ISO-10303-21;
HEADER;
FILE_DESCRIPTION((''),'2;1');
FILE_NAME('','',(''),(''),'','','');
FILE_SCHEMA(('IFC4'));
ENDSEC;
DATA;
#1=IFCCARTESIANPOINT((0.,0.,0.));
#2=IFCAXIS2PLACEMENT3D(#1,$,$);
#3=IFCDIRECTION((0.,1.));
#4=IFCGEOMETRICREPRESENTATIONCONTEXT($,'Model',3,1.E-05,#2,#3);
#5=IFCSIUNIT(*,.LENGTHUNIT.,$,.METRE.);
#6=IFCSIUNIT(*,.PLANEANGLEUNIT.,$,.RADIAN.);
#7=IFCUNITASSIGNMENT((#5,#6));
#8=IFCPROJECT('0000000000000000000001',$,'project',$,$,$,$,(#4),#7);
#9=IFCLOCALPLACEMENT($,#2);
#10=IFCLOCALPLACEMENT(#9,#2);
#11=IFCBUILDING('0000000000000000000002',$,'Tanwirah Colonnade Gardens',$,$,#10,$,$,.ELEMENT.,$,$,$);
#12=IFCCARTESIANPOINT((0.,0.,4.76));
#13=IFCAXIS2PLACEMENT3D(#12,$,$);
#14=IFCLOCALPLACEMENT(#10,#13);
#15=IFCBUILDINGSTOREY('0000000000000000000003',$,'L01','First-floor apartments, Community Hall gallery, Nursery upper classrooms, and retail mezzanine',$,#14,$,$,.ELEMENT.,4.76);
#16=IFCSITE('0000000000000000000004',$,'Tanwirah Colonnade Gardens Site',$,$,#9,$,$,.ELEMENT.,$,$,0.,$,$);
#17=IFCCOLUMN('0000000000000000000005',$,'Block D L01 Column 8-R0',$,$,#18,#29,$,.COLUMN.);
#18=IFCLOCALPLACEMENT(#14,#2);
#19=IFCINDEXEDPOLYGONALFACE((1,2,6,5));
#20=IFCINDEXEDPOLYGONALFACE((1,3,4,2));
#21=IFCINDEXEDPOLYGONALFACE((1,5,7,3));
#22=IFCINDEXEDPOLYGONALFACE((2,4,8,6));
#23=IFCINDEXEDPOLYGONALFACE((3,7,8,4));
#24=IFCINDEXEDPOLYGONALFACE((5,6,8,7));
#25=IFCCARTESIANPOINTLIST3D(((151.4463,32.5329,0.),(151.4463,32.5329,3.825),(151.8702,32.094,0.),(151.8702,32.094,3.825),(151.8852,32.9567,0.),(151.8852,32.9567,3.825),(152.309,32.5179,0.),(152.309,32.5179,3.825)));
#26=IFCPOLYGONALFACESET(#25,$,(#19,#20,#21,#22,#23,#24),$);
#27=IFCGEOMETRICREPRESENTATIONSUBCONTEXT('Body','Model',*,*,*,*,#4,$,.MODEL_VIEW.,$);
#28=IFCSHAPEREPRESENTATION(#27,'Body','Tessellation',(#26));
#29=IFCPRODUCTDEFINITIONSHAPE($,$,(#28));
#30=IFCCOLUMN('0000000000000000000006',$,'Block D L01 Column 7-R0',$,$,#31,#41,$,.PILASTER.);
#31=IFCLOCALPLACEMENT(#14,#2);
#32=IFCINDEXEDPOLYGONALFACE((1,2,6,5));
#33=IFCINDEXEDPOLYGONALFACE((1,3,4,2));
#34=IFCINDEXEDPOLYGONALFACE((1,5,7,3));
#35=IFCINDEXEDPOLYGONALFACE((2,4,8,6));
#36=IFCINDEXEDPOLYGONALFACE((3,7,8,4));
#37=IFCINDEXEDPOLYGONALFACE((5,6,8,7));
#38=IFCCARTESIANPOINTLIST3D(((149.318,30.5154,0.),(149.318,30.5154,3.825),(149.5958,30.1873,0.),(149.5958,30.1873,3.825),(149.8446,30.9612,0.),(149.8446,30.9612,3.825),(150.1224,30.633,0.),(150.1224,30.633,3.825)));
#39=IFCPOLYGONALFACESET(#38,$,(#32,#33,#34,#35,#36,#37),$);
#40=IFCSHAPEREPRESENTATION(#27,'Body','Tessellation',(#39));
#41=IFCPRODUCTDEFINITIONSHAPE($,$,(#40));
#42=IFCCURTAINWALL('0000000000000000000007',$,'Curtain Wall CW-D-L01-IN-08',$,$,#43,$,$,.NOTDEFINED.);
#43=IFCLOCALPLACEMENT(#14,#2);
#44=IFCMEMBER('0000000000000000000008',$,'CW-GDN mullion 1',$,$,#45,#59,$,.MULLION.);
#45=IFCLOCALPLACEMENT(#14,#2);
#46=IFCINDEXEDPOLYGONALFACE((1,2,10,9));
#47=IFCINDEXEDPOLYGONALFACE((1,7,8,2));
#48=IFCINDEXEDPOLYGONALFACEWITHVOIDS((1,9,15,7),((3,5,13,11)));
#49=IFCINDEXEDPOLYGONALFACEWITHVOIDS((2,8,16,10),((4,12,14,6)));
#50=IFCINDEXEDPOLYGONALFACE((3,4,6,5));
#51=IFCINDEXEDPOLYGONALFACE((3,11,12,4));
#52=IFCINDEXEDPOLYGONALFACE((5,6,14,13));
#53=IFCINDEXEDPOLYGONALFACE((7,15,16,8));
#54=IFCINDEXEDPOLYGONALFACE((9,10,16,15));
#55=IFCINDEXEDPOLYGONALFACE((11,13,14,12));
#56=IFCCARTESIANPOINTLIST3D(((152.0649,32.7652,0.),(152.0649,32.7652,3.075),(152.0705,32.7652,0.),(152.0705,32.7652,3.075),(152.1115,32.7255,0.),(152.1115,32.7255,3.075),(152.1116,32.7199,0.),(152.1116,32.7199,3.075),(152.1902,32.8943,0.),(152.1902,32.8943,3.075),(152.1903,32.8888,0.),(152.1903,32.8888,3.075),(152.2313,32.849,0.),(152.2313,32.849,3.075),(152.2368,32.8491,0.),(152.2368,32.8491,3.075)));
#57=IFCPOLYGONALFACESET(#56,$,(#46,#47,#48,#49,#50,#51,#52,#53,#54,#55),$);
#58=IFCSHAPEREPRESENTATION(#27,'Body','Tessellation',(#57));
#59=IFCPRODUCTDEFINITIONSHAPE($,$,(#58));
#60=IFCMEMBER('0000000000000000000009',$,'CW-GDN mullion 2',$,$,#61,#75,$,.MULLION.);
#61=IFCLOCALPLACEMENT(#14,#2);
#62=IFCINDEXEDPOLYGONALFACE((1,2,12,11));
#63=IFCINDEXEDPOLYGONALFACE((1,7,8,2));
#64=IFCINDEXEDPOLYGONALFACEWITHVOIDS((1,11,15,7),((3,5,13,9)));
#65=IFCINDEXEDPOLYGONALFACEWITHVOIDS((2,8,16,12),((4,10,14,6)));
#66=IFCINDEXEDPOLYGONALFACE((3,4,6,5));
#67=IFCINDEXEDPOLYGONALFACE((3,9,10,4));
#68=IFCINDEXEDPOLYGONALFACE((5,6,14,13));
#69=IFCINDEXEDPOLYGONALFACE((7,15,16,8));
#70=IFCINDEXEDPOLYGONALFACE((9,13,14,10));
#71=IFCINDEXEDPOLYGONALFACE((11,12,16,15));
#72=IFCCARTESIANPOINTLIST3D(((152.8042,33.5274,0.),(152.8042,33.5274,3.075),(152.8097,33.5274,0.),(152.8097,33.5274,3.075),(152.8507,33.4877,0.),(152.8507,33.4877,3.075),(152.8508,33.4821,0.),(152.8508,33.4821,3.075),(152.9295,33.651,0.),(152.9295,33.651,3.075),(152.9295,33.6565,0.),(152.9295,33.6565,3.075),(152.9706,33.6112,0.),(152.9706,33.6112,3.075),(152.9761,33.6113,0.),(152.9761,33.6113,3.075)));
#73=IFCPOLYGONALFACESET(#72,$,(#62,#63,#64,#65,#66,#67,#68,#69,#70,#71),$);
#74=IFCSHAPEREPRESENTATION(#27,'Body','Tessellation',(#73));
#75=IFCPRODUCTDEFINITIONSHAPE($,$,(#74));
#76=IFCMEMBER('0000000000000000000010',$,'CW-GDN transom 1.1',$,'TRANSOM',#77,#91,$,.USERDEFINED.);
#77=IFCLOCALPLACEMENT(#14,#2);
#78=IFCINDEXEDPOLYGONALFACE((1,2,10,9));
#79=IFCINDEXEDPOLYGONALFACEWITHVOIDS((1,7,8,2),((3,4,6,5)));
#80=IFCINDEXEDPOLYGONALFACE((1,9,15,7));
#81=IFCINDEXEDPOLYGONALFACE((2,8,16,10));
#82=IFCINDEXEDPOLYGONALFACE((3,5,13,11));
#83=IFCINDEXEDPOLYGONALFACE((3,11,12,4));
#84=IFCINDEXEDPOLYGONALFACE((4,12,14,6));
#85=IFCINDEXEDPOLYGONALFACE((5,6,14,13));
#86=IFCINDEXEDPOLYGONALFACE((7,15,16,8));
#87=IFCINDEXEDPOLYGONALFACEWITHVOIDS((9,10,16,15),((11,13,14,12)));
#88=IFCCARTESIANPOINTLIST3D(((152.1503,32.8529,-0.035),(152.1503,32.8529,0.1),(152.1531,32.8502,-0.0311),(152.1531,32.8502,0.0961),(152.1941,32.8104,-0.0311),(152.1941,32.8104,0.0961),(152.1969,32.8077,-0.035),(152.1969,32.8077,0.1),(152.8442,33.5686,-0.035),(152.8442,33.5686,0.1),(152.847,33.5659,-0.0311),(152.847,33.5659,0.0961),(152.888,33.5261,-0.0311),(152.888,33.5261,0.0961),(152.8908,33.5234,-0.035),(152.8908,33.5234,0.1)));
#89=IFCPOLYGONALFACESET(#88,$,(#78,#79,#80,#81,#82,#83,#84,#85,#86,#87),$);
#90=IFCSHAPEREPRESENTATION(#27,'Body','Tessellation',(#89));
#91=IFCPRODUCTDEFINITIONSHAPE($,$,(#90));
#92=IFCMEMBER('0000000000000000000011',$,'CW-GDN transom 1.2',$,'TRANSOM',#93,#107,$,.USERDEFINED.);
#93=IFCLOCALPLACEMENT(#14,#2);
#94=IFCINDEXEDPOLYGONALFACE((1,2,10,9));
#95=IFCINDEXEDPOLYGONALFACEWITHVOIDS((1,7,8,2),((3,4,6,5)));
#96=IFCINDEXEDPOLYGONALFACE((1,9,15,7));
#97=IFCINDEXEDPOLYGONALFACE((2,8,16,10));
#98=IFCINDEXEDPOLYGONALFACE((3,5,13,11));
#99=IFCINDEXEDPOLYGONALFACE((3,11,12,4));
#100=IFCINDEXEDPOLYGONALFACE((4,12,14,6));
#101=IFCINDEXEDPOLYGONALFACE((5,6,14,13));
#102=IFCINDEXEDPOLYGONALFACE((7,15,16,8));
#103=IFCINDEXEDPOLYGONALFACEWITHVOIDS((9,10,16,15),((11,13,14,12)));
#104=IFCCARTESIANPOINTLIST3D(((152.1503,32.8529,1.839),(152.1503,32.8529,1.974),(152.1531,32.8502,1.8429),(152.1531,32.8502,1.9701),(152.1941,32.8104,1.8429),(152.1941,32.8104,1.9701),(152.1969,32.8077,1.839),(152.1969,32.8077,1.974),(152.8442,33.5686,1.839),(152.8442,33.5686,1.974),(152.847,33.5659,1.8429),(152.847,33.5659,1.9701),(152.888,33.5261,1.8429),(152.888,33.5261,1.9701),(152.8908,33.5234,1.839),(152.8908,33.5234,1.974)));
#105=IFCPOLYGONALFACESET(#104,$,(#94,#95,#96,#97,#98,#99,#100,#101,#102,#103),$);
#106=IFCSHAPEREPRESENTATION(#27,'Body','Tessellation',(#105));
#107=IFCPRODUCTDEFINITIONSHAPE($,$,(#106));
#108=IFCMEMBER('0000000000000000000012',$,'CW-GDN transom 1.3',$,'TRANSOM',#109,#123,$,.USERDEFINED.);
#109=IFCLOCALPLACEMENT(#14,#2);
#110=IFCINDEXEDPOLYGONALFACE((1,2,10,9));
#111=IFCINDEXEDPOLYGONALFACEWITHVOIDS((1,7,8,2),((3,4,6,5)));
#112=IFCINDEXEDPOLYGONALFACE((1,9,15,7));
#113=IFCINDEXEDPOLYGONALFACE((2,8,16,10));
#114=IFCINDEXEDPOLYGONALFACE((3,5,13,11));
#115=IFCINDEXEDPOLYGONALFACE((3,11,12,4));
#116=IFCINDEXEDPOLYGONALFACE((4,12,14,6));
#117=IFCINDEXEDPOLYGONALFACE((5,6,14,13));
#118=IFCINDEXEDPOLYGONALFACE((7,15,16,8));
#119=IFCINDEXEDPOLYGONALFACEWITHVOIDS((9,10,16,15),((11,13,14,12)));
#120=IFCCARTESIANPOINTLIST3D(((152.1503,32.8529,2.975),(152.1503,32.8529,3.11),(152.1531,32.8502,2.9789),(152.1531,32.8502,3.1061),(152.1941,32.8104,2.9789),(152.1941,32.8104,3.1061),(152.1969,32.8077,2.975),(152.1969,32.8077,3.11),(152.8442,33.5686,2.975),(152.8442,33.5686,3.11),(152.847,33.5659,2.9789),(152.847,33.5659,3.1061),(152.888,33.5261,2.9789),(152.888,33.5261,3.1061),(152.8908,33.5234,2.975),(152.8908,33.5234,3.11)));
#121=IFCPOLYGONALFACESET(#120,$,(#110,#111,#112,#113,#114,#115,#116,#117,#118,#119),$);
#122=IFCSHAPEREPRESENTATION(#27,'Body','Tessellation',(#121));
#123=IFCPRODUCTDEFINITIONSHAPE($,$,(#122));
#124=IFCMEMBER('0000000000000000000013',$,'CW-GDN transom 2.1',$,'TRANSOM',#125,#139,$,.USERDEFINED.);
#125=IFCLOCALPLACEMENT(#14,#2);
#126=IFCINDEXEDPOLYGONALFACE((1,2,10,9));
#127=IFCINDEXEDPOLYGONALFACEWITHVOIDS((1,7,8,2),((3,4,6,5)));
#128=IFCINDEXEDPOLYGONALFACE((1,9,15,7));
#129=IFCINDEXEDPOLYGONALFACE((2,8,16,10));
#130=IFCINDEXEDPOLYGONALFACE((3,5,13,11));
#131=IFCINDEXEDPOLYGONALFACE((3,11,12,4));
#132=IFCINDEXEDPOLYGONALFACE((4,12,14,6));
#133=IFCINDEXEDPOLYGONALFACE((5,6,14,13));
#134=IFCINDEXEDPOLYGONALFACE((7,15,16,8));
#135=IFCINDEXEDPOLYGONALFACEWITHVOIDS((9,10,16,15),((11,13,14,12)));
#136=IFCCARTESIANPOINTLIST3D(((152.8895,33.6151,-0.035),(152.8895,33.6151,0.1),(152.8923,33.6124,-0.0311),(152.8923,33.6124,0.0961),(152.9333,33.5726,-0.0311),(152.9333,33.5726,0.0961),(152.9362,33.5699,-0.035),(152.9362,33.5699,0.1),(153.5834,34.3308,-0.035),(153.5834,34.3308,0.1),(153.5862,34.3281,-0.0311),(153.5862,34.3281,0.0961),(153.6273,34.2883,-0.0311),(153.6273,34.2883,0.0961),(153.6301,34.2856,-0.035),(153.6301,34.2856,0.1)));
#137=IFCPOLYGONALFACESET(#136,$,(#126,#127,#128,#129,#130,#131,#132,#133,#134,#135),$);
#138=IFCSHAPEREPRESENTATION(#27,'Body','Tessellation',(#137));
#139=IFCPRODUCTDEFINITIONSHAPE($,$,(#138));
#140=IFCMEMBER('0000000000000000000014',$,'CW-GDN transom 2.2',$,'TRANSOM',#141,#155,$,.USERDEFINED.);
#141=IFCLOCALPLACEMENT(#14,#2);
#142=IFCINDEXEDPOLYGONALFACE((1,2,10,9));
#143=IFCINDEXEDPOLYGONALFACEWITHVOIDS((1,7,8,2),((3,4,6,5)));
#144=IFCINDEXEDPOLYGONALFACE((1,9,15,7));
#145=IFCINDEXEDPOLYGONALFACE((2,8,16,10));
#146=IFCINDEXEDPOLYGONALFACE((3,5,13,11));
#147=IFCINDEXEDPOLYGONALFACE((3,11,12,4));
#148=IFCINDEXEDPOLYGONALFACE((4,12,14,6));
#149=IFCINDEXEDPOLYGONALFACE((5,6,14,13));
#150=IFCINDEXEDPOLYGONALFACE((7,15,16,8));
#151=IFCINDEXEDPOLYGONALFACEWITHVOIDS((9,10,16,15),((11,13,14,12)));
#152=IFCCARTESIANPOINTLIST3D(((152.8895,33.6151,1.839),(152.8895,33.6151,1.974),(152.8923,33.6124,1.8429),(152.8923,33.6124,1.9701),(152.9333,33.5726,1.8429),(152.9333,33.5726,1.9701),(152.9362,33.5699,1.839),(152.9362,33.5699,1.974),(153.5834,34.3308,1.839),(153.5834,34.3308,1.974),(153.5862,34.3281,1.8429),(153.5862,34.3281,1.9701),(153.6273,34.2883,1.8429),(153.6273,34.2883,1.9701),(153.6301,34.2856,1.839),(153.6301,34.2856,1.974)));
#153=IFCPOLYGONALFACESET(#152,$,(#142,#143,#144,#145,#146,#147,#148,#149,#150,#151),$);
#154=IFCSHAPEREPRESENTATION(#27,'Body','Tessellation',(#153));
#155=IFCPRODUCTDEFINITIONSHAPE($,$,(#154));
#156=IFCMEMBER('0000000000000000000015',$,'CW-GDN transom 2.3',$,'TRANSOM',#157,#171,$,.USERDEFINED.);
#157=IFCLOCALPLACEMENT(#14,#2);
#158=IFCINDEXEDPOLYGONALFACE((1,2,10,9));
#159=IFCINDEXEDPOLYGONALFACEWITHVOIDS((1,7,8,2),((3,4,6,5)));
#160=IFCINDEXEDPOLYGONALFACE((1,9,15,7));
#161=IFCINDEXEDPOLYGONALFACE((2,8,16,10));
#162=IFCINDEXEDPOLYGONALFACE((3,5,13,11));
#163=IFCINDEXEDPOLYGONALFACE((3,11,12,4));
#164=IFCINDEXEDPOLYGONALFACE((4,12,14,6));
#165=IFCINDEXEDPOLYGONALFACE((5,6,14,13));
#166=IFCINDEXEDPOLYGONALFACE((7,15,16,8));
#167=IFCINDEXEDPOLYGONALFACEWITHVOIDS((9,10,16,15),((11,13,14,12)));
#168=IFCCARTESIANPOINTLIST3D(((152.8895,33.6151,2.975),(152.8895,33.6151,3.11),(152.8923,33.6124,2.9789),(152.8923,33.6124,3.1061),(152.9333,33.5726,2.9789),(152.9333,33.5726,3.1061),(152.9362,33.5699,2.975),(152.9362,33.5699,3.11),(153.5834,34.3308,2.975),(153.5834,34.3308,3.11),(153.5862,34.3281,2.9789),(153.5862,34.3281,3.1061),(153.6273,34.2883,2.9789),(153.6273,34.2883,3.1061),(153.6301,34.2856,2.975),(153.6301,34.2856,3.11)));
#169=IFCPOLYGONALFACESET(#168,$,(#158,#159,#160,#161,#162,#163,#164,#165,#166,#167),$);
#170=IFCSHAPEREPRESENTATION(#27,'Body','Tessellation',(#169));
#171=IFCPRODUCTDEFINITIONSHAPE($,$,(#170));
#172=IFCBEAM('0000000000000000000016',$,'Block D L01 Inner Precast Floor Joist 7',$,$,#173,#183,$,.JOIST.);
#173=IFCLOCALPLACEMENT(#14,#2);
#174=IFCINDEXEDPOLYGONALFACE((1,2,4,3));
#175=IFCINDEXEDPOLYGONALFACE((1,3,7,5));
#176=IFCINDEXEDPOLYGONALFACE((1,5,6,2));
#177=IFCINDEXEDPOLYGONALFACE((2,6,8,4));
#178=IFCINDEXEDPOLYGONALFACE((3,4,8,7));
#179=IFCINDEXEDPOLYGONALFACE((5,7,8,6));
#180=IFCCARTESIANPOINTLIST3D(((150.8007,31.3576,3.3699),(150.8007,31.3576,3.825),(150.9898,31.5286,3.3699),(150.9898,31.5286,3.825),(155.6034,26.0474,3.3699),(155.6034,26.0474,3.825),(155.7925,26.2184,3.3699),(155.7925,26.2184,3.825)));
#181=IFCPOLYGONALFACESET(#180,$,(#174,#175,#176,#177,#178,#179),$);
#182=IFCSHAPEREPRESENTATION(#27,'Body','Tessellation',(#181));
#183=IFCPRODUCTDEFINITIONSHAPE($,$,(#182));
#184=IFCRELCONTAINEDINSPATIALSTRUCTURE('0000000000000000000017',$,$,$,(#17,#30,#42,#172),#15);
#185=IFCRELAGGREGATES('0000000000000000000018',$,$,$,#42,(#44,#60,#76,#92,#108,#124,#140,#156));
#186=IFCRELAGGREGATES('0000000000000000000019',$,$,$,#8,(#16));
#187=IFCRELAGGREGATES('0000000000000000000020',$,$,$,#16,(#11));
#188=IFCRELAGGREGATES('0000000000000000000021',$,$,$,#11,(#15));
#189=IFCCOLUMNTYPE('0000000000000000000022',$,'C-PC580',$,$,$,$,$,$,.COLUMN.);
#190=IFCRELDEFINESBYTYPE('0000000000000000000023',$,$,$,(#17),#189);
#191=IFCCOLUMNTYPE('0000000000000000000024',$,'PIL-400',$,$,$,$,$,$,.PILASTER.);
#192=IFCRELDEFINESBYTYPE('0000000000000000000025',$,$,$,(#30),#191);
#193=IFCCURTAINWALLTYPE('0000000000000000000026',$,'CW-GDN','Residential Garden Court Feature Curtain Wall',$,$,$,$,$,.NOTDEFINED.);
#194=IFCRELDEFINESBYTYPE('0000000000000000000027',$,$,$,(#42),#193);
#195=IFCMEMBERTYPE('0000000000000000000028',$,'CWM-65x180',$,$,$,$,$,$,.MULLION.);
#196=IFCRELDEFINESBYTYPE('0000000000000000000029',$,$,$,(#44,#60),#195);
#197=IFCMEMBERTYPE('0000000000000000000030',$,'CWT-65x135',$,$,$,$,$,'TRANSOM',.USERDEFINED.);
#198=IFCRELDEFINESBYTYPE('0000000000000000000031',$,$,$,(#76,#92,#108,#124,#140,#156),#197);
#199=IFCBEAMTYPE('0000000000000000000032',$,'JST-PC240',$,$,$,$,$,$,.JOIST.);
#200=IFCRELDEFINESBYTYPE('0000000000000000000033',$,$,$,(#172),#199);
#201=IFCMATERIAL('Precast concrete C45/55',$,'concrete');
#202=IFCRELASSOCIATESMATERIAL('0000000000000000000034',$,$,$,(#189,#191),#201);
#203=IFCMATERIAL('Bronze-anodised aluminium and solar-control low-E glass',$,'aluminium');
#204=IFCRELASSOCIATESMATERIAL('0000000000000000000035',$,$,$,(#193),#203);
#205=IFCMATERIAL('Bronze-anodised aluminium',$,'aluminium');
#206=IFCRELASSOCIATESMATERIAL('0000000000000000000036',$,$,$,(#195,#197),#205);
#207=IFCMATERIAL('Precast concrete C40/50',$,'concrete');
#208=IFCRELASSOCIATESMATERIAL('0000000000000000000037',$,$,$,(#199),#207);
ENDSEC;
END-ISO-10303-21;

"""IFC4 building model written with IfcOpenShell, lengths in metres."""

from ifc_helpers import new_model, si_unit, direction, frame, origin, origin_2d, place, context, subcontext, project, spatial, rectangle, hollow_rectangle, extrude, material, material_profile, profile_set, type_object, element, aggregate, save


model = new_model("IFC4")

# Units and contexts
model_context = context("Model", 3, precision=1e-05, world=origin(), true_north=direction((0.0, 1.0)))
body_context = subcontext(model_context, "Body", "Model", "MODEL_VIEW")
ifc_project = project(units=[si_unit("LENGTHUNIT", "METRE"), si_unit("PLANEANGLEUNIT", "RADIAN")], contexts=[model_context])

# Site, building, storey
site_placement = place(None, origin())
site = spatial("IfcSite", under=ifc_project, at=site_placement, Name="Tanwirah Colonnade Gardens Site", CompositionType="ELEMENT", RefElevation=0.0)
building_placement = place(site_placement, origin())
building = spatial("IfcBuilding", under=site, at=building_placement, Name="Tanwirah Colonnade Gardens", CompositionType="ELEMENT")
storey_placement = place(building_placement, frame((0.0, 0.0, 4.76)))
storey = spatial("IfcBuildingStorey", under=building, at=storey_placement, Name="L01", Description="First-floor apartments, Community Hall gallery, Nursery upper classrooms, and retail mezzanine", CompositionType="ELEMENT", Elevation=4.76)

# Columns
ifc_material_1 = material(Name="Precast concrete C45/55", Category="concrete")
ifc_material_profile_1 = material_profile(ifc_material_1, rectangle(XDim=0.6101, YDim=0.6101, at=origin_2d()), Name="PC-COL 610x610")
ifc_profile_set_1 = profile_set([ifc_material_profile_1], Name="Precast concrete C45/55")
column_type_1 = type_object("IfcColumnType", Name="C-PC580", PredefinedType="COLUMN", material=ifc_profile_set_1)
column_1_placement = place(storey_placement, frame((151.8777, 32.5254, 0.0), z_axis=(0.0, 0.0, 1.0), x_axis=(0.694658, -0.71934, 0.0)))
element("IfcColumn", 1, at=column_1_placement, inside=storey, type_object=column_type_1, Name="Block D L01 Column 8-R0", PredefinedType="COLUMN", context=body_context, shape_type="SweptSolid", body=[
    extrude(rectangle(XDim=0.6101, YDim=0.6101, at=origin_2d()), origin(), (0.0, 0.0, 1.0), 3.825),
])
ifc_material_profile_2 = material_profile(ifc_material_1, rectangle(XDim=0.4299, YDim=0.6899, at=origin_2d()), Name="PC-PIL 430x690")
ifc_profile_set_2 = profile_set([ifc_material_profile_2], Name="Precast concrete C45/55")
column_type_2 = type_object("IfcColumnType", Name="PIL-400", PredefinedType="PILASTER", material=ifc_profile_set_2)
column_2_placement = place(storey_placement, frame((149.7202, 30.5742, 0.0), z_axis=(0.0, 0.0, 1.0), x_axis=(0.646124, -0.763232, 0.0)))
element("IfcColumn", 2, at=column_2_placement, inside=storey, type_object=column_type_2, Name="Block D L01 Column 7-R0", PredefinedType="PILASTER", context=body_context, shape_type="SweptSolid", body=[
    extrude(rectangle(XDim=0.4299, YDim=0.6899, at=origin_2d()), origin(), (0.0, 0.0, 1.0), 3.825),
])

# Curtain wall, members
ifc_material_2 = material(Name="Bronze-anodised aluminium and solar-control low-E glass", Category="aluminium")
curtain_wall_type = type_object("IfcCurtainWallType", Name="CW-GDN", Description="Residential Garden Court Feature Curtain Wall", PredefinedType="NOTDEFINED", material=ifc_material_2)
curtain_wall_placement = place(storey_placement, origin())
curtain_wall = element("IfcCurtainWall", 3, at=curtain_wall_placement, inside=storey, type_object=curtain_wall_type, Name="Curtain Wall CW-D-L01-IN-08", PredefinedType="NOTDEFINED")
ifc_material_3 = material(Name="Bronze-anodised aluminium", Category="aluminium")
ifc_material_profile_3 = material_profile(ifc_material_3, hollow_rectangle(XDim=0.0649, YDim=0.1799, WallThickness=0.0039, at=origin_2d()), Name="CW-MUL 65x180x4")
ifc_profile_set_3 = profile_set([ifc_material_profile_3], Name="Bronze-anodised aluminium")
member_type_1 = type_object("IfcMemberType", Name="CWM-65x180", PredefinedType="MULLION", material=ifc_profile_set_3)
member_1_placement = place(storey_placement, frame((152.1509, 32.8071, 0.0), z_axis=(0.0, 0.0, 1.0), x_axis=(-0.717825, 0.696223, 0.0)))
member_1 = element("IfcMember", 4, at=member_1_placement, type_object=member_type_1, Name="CW-GDN mullion 1", PredefinedType="MULLION", context=body_context, shape_type="SweptSolid", body=[
    extrude(hollow_rectangle(XDim=0.0649, YDim=0.1799, WallThickness=0.0039, at=origin_2d()), origin(), (0.0, 0.0, 1.0), 3.075),
])
member_2_placement = place(storey_placement, frame((152.8901, 33.5693, 0.0), z_axis=(0.0, 0.0, 1.0), x_axis=(-0.717825, 0.696223, 0.0)))
member_2 = element("IfcMember", 5, at=member_2_placement, type_object=member_type_1, Name="CW-GDN mullion 2", PredefinedType="MULLION", context=body_context, shape_type="SweptSolid", body=[
    extrude(hollow_rectangle(XDim=0.0649, YDim=0.1799, WallThickness=0.0039, at=origin_2d()), origin(), (0.0, 0.0, 1.0), 3.075),
])
ifc_material_profile_4 = material_profile(ifc_material_3, hollow_rectangle(XDim=0.0649, YDim=0.135, WallThickness=0.0039, at=origin_2d()), Name="CW-TRN 65x135x4")
ifc_profile_set_4 = profile_set([ifc_material_profile_4], Name="Bronze-anodised aluminium")
member_type_2 = type_object("IfcMemberType", Name="CWT-65x135", ElementType="TRANSOM", PredefinedType="USERDEFINED", material=ifc_profile_set_4)
member_3_placement = place(storey_placement, frame((152.1736, 32.8303, 0.0325), z_axis=(0.696123, 0.717923, 0.0), x_axis=(-0.717923, 0.696123, 0.0)))
member_3 = element("IfcMember", 6, at=member_3_placement, type_object=member_type_2, Name="CW-GDN transom 1.1", ObjectType="TRANSOM", PredefinedType="USERDEFINED", context=body_context, shape_type="SweptSolid", body=[
    extrude(hollow_rectangle(XDim=0.0649, YDim=0.135, WallThickness=0.0039, at=origin_2d()), origin(), (0.0, 0.0, 1.0), 0.9968),
])
member_4_placement = place(storey_placement, frame((152.1736, 32.8303, 1.9065), z_axis=(0.696123, 0.717923, 0.0), x_axis=(-0.717923, 0.696123, 0.0)))
member_4 = element("IfcMember", 7, at=member_4_placement, type_object=member_type_2, Name="CW-GDN transom 1.2", ObjectType="TRANSOM", PredefinedType="USERDEFINED", context=body_context, shape_type="SweptSolid", body=[
    extrude(hollow_rectangle(XDim=0.0649, YDim=0.135, WallThickness=0.0039, at=origin_2d()), origin(), (0.0, 0.0, 1.0), 0.9968),
])
member_5_placement = place(storey_placement, frame((152.1736, 32.8303, 3.0425), z_axis=(0.696123, 0.717923, 0.0), x_axis=(-0.717923, 0.696123, 0.0)))
member_5 = element("IfcMember", 8, at=member_5_placement, type_object=member_type_2, Name="CW-GDN transom 1.3", ObjectType="TRANSOM", PredefinedType="USERDEFINED", context=body_context, shape_type="SweptSolid", body=[
    extrude(hollow_rectangle(XDim=0.0649, YDim=0.135, WallThickness=0.0039, at=origin_2d()), origin(), (0.0, 0.0, 1.0), 0.9968),
])
member_6_placement = place(storey_placement, frame((152.9128, 33.5925, 0.0325), z_axis=(0.696123, 0.717923, 0.0), x_axis=(-0.717923, 0.696123, 0.0)))
member_6 = element("IfcMember", 9, at=member_6_placement, type_object=member_type_2, Name="CW-GDN transom 2.1", ObjectType="TRANSOM", PredefinedType="USERDEFINED", context=body_context, shape_type="SweptSolid", body=[
    extrude(hollow_rectangle(XDim=0.0649, YDim=0.135, WallThickness=0.0039, at=origin_2d()), origin(), (0.0, 0.0, 1.0), 0.9968),
])
member_7_placement = place(storey_placement, frame((152.9128, 33.5925, 1.9065), z_axis=(0.696123, 0.717923, 0.0), x_axis=(-0.717923, 0.696123, 0.0)))
member_7 = element("IfcMember", 10, at=member_7_placement, type_object=member_type_2, Name="CW-GDN transom 2.2", ObjectType="TRANSOM", PredefinedType="USERDEFINED", context=body_context, shape_type="SweptSolid", body=[
    extrude(hollow_rectangle(XDim=0.0649, YDim=0.135, WallThickness=0.0039, at=origin_2d()), origin(), (0.0, 0.0, 1.0), 0.9968),
])
member_8_placement = place(storey_placement, frame((152.9128, 33.5925, 3.0425), z_axis=(0.696123, 0.717923, 0.0), x_axis=(-0.717923, 0.696123, 0.0)))
member_8 = element("IfcMember", 11, at=member_8_placement, type_object=member_type_2, Name="CW-GDN transom 2.3", ObjectType="TRANSOM", PredefinedType="USERDEFINED", context=body_context, shape_type="SweptSolid", body=[
    extrude(hollow_rectangle(XDim=0.0649, YDim=0.135, WallThickness=0.0039, at=origin_2d()), origin(), (0.0, 0.0, 1.0), 0.9968),
])

# Beam
ifc_material_4 = material(Name="Precast concrete C40/50", Category="concrete")
ifc_material_profile_5 = material_profile(ifc_material_4, rectangle(XDim=0.2549, YDim=0.4551, at=origin_2d()), Name="PC-JST 255x455")
ifc_profile_set_5 = profile_set([ifc_material_profile_5], Name="Precast concrete C40/50")
beam_type_1 = type_object("IfcBeamType", Name="JST-PC240", PredefinedType="JOIST", material=ifc_profile_set_5)
beam_1_placement = place(storey_placement, frame((150.8953, 31.4431, 3.5974), z_axis=(0.670773, -0.741663, 0.0), x_axis=(0.741663, 0.670773, 0.0)))
element("IfcBeam", 12, at=beam_1_placement, inside=storey, type_object=beam_type_1, Name="Block D L01 Inner Precast Floor Joist 7", PredefinedType="JOIST", context=body_context, shape_type="SweptSolid", body=[
    extrude(rectangle(XDim=0.2549, YDim=0.4551, at=origin_2d()), origin(), (0.0, 0.0, 1.0), 7.1599),
])

aggregate(curtain_wall, [member_1, member_2, member_3, member_4, member_5, member_6, member_7, member_8])

save(model, "model.ifc")
